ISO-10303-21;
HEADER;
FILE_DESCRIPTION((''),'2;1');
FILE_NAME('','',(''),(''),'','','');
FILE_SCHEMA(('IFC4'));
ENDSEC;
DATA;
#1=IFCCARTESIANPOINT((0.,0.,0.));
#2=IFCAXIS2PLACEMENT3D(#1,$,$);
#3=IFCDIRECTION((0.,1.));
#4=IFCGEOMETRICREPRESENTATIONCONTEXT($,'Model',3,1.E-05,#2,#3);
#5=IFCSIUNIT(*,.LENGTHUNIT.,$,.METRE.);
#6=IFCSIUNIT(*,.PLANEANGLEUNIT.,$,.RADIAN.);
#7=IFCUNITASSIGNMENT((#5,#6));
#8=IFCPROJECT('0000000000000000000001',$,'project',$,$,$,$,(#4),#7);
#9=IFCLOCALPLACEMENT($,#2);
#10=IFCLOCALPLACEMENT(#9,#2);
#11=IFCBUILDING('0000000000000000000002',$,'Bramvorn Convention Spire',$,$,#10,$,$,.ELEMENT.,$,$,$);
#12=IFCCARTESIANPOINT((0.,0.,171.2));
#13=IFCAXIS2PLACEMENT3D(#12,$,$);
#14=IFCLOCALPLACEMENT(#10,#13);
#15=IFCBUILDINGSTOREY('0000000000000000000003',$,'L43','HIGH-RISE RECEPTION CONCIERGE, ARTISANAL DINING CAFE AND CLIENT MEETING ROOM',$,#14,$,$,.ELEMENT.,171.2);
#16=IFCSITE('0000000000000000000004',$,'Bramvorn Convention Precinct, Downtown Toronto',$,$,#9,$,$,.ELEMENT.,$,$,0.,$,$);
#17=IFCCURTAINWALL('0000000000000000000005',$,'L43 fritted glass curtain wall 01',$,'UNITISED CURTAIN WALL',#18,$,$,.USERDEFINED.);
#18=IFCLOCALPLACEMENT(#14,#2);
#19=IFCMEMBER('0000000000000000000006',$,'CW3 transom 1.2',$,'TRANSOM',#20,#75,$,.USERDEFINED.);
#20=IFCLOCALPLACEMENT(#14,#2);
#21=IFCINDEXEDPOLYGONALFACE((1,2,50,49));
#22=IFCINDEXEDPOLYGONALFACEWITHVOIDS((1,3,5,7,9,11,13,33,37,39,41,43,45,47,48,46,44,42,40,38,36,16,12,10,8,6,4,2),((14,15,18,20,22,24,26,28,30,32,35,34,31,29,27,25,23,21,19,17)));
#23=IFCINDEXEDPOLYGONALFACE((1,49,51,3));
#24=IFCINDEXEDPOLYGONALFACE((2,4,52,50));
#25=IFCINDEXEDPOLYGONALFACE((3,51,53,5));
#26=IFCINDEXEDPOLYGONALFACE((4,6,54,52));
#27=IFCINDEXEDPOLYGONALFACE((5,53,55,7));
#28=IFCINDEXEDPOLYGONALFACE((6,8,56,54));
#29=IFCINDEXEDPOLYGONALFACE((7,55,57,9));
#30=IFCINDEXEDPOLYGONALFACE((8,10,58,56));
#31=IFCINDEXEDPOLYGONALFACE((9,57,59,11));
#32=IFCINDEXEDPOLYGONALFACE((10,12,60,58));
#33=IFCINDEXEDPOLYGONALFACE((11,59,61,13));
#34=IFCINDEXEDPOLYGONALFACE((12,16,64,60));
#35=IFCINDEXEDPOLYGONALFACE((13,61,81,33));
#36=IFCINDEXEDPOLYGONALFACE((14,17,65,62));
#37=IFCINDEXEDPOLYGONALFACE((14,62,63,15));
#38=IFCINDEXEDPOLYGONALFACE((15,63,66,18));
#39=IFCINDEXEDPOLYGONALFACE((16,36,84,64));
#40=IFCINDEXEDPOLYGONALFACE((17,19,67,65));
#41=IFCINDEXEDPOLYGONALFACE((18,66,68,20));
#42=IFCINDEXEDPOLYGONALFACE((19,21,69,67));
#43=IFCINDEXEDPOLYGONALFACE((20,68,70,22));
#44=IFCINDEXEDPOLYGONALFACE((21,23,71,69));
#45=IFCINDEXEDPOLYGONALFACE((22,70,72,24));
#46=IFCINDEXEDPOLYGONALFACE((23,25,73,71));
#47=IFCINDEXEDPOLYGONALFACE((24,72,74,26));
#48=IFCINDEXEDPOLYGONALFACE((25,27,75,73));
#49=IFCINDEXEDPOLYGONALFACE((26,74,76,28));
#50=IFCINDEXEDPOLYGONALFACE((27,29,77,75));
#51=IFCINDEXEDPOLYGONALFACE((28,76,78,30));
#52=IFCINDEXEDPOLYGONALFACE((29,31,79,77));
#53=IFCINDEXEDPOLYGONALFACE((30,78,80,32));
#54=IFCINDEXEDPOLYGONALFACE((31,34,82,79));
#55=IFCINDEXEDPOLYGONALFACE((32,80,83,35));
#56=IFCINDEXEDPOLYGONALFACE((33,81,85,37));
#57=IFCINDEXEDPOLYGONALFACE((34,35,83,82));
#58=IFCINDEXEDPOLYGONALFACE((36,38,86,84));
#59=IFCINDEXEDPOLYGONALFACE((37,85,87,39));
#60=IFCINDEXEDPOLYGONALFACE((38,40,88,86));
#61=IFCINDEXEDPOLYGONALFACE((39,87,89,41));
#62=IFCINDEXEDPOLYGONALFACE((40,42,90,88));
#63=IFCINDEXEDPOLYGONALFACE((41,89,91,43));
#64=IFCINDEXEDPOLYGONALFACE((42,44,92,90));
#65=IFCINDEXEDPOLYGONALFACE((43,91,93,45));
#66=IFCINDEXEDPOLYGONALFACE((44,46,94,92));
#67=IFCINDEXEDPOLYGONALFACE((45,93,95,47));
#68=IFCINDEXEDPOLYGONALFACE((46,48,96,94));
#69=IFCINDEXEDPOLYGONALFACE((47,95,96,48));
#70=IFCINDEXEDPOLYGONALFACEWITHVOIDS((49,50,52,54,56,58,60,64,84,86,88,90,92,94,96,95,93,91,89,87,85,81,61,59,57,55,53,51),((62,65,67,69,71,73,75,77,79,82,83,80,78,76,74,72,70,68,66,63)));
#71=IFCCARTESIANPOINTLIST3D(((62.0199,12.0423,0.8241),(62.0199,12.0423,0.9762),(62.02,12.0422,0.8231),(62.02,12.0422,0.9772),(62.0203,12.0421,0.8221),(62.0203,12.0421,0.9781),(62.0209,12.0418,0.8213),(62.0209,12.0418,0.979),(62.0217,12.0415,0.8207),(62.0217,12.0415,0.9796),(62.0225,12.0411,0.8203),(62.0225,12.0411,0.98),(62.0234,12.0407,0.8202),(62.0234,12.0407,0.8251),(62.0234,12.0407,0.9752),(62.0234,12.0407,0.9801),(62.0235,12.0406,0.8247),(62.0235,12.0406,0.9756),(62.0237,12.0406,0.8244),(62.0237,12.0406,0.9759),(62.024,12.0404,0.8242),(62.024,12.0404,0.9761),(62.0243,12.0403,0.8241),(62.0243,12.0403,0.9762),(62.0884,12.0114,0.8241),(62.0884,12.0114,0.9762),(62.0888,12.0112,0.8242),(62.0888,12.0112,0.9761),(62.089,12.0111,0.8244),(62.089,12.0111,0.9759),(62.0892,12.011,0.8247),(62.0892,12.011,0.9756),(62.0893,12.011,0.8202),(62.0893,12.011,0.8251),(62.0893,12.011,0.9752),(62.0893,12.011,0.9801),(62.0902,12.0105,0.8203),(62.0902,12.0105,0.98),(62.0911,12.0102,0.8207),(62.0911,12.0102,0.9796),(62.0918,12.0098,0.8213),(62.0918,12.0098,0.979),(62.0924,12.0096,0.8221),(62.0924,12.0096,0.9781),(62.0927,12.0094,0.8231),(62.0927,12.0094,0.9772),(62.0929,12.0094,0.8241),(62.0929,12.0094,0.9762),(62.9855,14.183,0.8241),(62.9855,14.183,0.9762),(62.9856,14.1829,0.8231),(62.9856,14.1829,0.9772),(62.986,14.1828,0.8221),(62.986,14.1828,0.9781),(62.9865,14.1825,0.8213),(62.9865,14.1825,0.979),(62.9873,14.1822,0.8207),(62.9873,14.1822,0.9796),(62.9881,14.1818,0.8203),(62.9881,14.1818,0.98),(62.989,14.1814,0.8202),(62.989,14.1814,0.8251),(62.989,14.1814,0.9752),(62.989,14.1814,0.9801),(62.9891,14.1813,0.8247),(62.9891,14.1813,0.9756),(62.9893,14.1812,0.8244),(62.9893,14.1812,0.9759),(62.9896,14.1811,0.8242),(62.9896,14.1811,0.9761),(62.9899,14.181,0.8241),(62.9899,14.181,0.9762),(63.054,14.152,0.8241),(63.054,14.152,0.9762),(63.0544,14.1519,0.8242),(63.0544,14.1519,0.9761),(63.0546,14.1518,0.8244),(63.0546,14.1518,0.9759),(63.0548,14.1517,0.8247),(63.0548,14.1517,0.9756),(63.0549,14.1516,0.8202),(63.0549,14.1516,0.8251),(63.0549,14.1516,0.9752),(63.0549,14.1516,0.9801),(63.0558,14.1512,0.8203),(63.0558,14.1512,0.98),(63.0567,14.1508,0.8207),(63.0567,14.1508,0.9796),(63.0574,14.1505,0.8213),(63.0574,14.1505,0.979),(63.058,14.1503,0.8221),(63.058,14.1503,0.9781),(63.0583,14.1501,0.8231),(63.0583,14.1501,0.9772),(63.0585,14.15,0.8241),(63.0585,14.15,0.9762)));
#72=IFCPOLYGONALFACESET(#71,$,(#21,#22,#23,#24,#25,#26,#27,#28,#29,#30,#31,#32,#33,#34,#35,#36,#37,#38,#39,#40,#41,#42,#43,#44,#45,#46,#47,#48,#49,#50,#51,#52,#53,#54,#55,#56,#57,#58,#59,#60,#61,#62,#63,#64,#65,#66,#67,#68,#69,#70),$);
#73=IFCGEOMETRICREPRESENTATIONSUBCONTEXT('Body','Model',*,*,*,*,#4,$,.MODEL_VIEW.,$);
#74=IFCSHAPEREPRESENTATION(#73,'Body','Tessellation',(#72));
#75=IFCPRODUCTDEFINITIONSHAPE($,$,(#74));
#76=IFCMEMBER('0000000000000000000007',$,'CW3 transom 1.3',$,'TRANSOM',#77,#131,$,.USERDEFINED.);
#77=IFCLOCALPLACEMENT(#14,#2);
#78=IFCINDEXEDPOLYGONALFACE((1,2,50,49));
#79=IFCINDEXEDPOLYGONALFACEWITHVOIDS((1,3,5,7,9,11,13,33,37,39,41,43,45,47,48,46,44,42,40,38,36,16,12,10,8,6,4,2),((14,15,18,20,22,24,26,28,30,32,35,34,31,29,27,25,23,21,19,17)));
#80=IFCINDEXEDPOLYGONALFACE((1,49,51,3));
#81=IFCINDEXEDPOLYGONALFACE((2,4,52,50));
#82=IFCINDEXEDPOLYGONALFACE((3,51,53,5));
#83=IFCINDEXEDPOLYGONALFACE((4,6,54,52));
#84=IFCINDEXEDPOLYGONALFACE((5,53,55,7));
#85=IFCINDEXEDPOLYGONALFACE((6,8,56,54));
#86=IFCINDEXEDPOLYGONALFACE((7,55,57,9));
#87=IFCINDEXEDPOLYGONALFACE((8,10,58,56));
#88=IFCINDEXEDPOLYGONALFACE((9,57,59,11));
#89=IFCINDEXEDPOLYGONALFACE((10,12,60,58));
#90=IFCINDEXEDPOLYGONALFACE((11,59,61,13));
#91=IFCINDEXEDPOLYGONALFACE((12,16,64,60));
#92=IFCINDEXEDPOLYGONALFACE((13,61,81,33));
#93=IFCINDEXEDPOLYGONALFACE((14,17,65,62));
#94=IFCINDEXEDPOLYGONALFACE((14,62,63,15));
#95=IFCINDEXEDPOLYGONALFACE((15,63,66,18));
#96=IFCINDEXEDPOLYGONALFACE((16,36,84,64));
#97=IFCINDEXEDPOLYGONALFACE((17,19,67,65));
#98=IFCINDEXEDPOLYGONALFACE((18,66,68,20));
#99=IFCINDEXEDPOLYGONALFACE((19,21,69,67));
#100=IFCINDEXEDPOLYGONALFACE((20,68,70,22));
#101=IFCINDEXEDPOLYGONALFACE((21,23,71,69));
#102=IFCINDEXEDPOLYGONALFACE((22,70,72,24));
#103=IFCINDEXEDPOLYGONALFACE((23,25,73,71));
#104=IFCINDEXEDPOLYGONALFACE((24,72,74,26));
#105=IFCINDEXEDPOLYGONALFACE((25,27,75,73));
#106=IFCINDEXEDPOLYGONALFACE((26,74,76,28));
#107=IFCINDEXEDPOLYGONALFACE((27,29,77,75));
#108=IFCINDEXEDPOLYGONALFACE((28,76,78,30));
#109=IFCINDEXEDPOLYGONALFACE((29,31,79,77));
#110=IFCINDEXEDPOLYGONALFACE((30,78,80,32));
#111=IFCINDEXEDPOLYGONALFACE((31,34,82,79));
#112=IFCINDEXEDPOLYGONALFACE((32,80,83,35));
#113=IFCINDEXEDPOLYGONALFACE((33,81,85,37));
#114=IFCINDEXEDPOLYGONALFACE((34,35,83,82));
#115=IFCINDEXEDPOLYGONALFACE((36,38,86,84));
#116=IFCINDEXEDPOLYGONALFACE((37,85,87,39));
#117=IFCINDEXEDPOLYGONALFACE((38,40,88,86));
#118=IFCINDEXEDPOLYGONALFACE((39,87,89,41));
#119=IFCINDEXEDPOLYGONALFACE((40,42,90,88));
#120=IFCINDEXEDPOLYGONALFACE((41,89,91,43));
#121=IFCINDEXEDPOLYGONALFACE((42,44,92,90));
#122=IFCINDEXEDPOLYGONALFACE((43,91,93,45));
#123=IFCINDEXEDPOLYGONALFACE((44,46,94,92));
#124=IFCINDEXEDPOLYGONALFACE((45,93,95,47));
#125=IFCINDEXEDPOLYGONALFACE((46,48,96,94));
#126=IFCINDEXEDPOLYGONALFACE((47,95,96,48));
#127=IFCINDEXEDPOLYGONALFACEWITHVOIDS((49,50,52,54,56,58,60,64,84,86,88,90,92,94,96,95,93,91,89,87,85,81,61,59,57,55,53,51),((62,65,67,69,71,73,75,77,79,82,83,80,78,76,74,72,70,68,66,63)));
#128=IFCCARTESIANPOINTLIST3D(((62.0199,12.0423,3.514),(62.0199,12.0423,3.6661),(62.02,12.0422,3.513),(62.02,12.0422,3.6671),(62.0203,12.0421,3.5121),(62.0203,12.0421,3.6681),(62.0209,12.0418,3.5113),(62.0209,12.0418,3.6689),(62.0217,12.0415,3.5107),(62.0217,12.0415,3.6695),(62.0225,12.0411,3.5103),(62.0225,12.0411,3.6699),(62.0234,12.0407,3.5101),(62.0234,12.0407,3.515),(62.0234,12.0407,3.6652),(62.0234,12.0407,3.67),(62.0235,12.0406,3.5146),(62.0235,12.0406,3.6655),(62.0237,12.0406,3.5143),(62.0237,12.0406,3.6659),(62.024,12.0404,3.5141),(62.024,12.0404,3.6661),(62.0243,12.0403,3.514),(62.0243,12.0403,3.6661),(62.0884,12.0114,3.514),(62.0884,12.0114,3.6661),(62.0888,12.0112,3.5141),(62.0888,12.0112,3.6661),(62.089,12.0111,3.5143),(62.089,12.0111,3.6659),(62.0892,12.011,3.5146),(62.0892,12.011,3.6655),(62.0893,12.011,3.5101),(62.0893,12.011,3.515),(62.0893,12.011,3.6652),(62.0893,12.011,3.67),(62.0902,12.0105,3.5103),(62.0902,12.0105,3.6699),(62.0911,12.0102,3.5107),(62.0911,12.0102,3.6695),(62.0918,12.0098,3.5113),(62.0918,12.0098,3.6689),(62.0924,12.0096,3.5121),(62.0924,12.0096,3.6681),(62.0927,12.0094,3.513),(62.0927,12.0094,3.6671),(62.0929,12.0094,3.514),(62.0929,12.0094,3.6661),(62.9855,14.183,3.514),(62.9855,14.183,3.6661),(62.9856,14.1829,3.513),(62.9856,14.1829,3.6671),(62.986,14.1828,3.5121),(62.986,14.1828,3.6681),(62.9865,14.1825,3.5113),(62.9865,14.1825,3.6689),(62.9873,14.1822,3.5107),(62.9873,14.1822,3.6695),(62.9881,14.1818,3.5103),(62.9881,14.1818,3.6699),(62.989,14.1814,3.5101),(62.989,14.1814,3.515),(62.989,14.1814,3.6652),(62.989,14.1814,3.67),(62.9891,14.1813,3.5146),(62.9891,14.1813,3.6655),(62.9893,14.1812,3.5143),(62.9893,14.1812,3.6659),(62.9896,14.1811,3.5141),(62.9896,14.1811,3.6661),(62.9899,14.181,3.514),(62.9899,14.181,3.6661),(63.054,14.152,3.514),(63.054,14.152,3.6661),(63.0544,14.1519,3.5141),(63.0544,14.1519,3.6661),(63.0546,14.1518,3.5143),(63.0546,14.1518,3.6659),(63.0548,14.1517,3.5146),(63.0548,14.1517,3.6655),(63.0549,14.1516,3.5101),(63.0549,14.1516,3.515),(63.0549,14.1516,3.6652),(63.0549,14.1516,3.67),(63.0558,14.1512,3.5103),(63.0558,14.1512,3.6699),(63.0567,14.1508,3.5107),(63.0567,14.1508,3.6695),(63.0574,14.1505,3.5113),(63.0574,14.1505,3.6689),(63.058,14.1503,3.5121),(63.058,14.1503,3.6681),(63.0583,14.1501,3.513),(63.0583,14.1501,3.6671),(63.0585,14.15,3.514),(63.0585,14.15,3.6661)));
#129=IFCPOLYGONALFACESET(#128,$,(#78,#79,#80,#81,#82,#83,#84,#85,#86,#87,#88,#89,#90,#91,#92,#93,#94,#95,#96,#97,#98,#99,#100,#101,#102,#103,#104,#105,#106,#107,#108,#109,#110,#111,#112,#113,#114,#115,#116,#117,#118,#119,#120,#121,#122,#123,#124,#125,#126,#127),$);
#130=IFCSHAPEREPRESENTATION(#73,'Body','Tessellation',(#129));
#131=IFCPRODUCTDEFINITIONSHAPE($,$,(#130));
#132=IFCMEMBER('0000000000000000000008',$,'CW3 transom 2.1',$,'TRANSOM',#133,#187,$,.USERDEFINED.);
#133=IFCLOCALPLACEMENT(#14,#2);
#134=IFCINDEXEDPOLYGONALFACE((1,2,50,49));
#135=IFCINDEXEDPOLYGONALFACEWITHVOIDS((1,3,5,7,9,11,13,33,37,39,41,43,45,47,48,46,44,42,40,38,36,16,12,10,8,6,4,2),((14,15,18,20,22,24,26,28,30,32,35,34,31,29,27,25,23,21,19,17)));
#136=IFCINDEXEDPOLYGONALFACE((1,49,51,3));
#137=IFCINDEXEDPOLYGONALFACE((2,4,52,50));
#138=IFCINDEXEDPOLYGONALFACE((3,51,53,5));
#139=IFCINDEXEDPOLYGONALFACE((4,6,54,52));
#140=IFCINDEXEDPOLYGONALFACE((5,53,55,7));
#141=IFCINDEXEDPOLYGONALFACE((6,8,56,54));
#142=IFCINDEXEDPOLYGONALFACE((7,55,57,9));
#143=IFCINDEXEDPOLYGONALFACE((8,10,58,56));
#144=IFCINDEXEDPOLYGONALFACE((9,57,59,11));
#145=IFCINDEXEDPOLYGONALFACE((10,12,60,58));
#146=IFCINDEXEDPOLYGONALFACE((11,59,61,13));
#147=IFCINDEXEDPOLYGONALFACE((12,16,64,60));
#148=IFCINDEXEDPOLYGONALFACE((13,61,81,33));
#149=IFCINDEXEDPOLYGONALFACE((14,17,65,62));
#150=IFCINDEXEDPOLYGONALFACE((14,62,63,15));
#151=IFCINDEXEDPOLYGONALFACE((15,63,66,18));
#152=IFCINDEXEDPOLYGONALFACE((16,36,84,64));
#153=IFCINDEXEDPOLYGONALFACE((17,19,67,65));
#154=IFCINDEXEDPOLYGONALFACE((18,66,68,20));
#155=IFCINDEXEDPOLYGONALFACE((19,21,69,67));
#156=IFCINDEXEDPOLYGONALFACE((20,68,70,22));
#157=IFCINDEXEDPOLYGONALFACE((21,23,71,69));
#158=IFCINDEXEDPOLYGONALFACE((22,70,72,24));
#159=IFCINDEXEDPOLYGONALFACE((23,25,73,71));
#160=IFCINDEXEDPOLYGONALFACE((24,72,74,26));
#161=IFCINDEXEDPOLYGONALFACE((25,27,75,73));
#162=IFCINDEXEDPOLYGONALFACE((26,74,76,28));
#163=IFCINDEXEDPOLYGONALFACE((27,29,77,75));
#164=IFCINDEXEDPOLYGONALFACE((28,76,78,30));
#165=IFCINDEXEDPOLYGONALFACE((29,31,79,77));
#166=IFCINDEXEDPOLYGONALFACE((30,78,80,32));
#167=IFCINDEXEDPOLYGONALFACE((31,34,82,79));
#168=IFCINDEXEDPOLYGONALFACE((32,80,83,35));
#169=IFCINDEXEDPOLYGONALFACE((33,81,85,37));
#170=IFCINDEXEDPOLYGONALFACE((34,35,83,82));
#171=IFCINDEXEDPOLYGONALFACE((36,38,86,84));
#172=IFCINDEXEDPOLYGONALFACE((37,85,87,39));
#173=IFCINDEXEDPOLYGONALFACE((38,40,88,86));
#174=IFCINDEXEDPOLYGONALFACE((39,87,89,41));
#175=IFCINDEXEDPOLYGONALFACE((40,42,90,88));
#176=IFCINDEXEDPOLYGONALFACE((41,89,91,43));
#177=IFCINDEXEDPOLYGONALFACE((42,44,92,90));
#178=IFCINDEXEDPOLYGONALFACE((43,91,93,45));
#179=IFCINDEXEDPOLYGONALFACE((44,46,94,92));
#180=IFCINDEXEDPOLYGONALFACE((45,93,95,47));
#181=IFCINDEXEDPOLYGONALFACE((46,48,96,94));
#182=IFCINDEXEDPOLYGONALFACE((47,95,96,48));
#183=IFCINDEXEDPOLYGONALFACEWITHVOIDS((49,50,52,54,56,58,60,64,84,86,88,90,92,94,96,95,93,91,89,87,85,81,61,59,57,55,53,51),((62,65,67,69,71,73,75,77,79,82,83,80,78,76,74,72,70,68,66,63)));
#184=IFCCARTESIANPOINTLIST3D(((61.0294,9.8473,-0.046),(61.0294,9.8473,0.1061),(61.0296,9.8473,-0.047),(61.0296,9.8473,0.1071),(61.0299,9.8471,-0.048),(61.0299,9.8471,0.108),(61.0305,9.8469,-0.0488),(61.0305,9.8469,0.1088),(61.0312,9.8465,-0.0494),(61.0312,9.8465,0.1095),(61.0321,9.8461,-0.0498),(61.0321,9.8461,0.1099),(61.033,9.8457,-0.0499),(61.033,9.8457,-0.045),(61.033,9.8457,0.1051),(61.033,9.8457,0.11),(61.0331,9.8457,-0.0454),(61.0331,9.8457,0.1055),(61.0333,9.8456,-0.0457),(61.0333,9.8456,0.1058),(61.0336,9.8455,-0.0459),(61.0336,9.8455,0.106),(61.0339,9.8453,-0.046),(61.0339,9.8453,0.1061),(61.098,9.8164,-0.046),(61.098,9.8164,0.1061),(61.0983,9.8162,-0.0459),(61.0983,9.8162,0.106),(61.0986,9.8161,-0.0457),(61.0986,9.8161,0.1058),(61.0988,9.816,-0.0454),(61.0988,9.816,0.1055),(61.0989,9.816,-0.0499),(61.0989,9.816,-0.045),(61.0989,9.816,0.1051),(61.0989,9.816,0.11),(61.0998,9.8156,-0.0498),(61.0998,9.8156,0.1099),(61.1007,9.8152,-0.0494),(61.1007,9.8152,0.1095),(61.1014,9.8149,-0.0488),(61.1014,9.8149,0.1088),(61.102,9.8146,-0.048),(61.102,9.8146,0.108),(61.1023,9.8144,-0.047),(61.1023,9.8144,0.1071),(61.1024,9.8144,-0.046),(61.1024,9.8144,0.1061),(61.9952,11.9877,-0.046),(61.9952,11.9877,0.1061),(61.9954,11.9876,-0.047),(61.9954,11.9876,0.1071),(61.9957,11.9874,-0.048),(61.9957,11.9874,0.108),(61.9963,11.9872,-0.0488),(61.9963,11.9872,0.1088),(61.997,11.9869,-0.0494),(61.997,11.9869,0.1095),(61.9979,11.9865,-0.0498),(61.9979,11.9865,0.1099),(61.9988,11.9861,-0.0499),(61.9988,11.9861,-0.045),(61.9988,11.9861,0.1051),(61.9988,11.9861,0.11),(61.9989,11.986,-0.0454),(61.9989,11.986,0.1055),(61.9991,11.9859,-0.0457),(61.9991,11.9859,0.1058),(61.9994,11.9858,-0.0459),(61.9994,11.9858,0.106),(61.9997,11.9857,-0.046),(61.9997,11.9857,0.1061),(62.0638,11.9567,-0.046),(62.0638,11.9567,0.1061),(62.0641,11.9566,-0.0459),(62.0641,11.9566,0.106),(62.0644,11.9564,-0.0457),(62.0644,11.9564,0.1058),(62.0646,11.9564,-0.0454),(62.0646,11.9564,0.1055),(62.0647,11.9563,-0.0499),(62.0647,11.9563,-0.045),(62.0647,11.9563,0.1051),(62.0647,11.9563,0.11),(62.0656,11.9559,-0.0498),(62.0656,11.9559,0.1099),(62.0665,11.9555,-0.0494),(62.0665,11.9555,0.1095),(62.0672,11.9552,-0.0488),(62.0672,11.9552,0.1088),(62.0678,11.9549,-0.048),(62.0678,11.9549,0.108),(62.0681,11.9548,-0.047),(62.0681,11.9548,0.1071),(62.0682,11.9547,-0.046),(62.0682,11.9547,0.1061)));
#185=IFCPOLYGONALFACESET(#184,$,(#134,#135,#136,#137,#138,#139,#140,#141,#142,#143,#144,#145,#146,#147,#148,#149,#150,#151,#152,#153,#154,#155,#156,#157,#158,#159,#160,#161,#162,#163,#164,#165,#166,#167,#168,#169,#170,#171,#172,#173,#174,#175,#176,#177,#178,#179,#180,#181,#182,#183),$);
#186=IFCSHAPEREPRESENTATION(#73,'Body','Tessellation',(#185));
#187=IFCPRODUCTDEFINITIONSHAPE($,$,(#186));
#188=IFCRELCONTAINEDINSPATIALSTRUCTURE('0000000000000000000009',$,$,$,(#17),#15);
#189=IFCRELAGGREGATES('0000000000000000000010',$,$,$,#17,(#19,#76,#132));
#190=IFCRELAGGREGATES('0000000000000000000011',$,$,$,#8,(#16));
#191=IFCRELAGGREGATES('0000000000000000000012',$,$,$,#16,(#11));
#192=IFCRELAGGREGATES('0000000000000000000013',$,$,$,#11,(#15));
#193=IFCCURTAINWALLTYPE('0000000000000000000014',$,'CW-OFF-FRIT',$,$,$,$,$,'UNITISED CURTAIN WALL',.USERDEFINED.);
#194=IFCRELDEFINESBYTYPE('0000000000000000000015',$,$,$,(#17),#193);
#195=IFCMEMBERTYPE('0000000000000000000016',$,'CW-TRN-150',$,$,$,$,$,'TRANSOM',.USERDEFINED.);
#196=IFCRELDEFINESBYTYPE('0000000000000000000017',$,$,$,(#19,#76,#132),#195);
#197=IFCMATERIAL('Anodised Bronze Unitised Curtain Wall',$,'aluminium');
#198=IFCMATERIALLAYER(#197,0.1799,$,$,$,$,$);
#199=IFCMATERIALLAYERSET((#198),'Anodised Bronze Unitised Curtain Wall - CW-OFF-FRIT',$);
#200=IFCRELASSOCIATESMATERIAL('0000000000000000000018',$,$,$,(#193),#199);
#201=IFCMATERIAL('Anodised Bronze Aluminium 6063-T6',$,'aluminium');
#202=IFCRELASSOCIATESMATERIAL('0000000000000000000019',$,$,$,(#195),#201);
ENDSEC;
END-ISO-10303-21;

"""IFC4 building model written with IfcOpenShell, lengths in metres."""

from ifc_helpers import new_model, si_unit, direction, frame, origin, origin_2d, place, context, subcontext, project, spatial, hollow_rectangle, extrude, material, layer, layer_set, material_profile, profile_set, type_object, element, aggregate, save


model = new_model("IFC4")

# Units and contexts
model_context = context("Model", 3, precision=1e-05, world=origin(), true_north=direction((0.0, 1.0)))
body_context = subcontext(model_context, "Body", "Model", "MODEL_VIEW")
ifc_project = project(units=[si_unit("LENGTHUNIT", "METRE"), si_unit("PLANEANGLEUNIT", "RADIAN")], contexts=[model_context])

# Site, building, storey
site_placement = place(None, origin())
site = spatial("IfcSite", under=ifc_project, at=site_placement, Name="Bramvorn Convention Precinct, Downtown Toronto", CompositionType="ELEMENT", RefElevation=0.0)
building_placement = place(site_placement, origin())
building = spatial("IfcBuilding", under=site, at=building_placement, Name="Bramvorn Convention Spire", CompositionType="ELEMENT")
storey_placement = place(building_placement, frame((0.0, 0.0, 171.2)))
storey = spatial("IfcBuildingStorey", under=building, at=storey_placement, Name="L43", Description="HIGH-RISE RECEPTION CONCIERGE, ARTISANAL DINING CAFE AND CLIENT MEETING ROOM", CompositionType="ELEMENT", Elevation=171.2)

# Curtain wall
ifc_material_1 = material(Name="Anodised Bronze Unitised Curtain Wall", Category="aluminium")
ifc_layer_1 = layer(ifc_material_1, 0.1799)
ifc_layer_set_1 = layer_set([ifc_layer_1], Name="Anodised Bronze Unitised Curtain Wall - CW-OFF-FRIT")
curtain_wall_type = type_object("IfcCurtainWallType", Name="CW-OFF-FRIT", ElementType="UNITISED CURTAIN WALL", PredefinedType="USERDEFINED", material=ifc_layer_set_1)
curtain_wall_1_placement = place(storey_placement, origin())
curtain_wall_1 = element("IfcCurtainWall", 1, at=curtain_wall_1_placement, inside=storey, type_object=curtain_wall_type, Name="L43 fritted glass curtain wall 01", ObjectType="UNITISED CURTAIN WALL", PredefinedType="USERDEFINED")
ifc_material_2 = material(Name="Anodised Bronze Aluminium 6063-T6", Category="aluminium")

# Members
ifc_material_profile_1 = material_profile(ifc_material_2, hollow_rectangle(XDim=0.0801, YDim=0.1599, WallThickness=0.0039, InnerFilletRadius=0.001, OuterFilletRadius=0.0039, at=origin_2d()))
ifc_profile_set_1 = profile_set([ifc_material_profile_1], Name="Anodised Bronze Aluminium 6063-T6 - CWT80X160")
member_type_1 = type_object("IfcMemberType", Name="CW-TRN-150", ElementType="TRANSOM", PredefinedType="USERDEFINED", material=ifc_profile_set_1)
member_1_placement = place(storey_placement, frame((63.022, 14.1665, 0.9001), z_axis=(-0.411177, -0.911555, 0.0), x_axis=(0.911555, -0.411177, 0.0)))
member_1 = element("IfcMember", 2, at=member_1_placement, type_object=member_type_1, Name="CW3 transom 1.2", ObjectType="TRANSOM", PredefinedType="USERDEFINED", context=body_context, shape_type="SweptSolid", body=[
    extrude(hollow_rectangle(XDim=0.0801, YDim=0.1599, WallThickness=0.0039, InnerFilletRadius=0.001, OuterFilletRadius=0.0039, at=origin_2d()), origin(), (0.0, 0.0, 1.0), 2.3484),
])
member_2_placement = place(storey_placement, frame((63.022, 14.1665, 3.5901), z_axis=(-0.411177, -0.911555, 0.0), x_axis=(0.911555, -0.411177, 0.0)))
member_2 = element("IfcMember", 3, at=member_2_placement, type_object=member_type_1, Name="CW3 transom 1.3", ObjectType="TRANSOM", PredefinedType="USERDEFINED", context=body_context, shape_type="SweptSolid", body=[
    extrude(hollow_rectangle(XDim=0.0801, YDim=0.1599, WallThickness=0.0039, InnerFilletRadius=0.001, OuterFilletRadius=0.0039, at=origin_2d()), origin(), (0.0, 0.0, 1.0), 2.3484),
])
member_3_placement = place(storey_placement, frame((62.0317, 11.9712, 0.03), z_axis=(-0.411303, -0.911499, 0.0), x_axis=(0.911499, -0.411303, 0.0)))
member_3 = element("IfcMember", 4, at=member_3_placement, type_object=member_type_1, Name="CW3 transom 2.1", ObjectType="TRANSOM", PredefinedType="USERDEFINED", context=body_context, shape_type="SweptSolid", body=[
    extrude(hollow_rectangle(XDim=0.0801, YDim=0.1599, WallThickness=0.0039, InnerFilletRadius=0.001, OuterFilletRadius=0.0039, at=origin_2d()), origin(), (0.0, 0.0, 1.0), 2.3481),
])

aggregate(curtain_wall_1, [member_1, member_2, member_3])

save(model, "model.ifc")
